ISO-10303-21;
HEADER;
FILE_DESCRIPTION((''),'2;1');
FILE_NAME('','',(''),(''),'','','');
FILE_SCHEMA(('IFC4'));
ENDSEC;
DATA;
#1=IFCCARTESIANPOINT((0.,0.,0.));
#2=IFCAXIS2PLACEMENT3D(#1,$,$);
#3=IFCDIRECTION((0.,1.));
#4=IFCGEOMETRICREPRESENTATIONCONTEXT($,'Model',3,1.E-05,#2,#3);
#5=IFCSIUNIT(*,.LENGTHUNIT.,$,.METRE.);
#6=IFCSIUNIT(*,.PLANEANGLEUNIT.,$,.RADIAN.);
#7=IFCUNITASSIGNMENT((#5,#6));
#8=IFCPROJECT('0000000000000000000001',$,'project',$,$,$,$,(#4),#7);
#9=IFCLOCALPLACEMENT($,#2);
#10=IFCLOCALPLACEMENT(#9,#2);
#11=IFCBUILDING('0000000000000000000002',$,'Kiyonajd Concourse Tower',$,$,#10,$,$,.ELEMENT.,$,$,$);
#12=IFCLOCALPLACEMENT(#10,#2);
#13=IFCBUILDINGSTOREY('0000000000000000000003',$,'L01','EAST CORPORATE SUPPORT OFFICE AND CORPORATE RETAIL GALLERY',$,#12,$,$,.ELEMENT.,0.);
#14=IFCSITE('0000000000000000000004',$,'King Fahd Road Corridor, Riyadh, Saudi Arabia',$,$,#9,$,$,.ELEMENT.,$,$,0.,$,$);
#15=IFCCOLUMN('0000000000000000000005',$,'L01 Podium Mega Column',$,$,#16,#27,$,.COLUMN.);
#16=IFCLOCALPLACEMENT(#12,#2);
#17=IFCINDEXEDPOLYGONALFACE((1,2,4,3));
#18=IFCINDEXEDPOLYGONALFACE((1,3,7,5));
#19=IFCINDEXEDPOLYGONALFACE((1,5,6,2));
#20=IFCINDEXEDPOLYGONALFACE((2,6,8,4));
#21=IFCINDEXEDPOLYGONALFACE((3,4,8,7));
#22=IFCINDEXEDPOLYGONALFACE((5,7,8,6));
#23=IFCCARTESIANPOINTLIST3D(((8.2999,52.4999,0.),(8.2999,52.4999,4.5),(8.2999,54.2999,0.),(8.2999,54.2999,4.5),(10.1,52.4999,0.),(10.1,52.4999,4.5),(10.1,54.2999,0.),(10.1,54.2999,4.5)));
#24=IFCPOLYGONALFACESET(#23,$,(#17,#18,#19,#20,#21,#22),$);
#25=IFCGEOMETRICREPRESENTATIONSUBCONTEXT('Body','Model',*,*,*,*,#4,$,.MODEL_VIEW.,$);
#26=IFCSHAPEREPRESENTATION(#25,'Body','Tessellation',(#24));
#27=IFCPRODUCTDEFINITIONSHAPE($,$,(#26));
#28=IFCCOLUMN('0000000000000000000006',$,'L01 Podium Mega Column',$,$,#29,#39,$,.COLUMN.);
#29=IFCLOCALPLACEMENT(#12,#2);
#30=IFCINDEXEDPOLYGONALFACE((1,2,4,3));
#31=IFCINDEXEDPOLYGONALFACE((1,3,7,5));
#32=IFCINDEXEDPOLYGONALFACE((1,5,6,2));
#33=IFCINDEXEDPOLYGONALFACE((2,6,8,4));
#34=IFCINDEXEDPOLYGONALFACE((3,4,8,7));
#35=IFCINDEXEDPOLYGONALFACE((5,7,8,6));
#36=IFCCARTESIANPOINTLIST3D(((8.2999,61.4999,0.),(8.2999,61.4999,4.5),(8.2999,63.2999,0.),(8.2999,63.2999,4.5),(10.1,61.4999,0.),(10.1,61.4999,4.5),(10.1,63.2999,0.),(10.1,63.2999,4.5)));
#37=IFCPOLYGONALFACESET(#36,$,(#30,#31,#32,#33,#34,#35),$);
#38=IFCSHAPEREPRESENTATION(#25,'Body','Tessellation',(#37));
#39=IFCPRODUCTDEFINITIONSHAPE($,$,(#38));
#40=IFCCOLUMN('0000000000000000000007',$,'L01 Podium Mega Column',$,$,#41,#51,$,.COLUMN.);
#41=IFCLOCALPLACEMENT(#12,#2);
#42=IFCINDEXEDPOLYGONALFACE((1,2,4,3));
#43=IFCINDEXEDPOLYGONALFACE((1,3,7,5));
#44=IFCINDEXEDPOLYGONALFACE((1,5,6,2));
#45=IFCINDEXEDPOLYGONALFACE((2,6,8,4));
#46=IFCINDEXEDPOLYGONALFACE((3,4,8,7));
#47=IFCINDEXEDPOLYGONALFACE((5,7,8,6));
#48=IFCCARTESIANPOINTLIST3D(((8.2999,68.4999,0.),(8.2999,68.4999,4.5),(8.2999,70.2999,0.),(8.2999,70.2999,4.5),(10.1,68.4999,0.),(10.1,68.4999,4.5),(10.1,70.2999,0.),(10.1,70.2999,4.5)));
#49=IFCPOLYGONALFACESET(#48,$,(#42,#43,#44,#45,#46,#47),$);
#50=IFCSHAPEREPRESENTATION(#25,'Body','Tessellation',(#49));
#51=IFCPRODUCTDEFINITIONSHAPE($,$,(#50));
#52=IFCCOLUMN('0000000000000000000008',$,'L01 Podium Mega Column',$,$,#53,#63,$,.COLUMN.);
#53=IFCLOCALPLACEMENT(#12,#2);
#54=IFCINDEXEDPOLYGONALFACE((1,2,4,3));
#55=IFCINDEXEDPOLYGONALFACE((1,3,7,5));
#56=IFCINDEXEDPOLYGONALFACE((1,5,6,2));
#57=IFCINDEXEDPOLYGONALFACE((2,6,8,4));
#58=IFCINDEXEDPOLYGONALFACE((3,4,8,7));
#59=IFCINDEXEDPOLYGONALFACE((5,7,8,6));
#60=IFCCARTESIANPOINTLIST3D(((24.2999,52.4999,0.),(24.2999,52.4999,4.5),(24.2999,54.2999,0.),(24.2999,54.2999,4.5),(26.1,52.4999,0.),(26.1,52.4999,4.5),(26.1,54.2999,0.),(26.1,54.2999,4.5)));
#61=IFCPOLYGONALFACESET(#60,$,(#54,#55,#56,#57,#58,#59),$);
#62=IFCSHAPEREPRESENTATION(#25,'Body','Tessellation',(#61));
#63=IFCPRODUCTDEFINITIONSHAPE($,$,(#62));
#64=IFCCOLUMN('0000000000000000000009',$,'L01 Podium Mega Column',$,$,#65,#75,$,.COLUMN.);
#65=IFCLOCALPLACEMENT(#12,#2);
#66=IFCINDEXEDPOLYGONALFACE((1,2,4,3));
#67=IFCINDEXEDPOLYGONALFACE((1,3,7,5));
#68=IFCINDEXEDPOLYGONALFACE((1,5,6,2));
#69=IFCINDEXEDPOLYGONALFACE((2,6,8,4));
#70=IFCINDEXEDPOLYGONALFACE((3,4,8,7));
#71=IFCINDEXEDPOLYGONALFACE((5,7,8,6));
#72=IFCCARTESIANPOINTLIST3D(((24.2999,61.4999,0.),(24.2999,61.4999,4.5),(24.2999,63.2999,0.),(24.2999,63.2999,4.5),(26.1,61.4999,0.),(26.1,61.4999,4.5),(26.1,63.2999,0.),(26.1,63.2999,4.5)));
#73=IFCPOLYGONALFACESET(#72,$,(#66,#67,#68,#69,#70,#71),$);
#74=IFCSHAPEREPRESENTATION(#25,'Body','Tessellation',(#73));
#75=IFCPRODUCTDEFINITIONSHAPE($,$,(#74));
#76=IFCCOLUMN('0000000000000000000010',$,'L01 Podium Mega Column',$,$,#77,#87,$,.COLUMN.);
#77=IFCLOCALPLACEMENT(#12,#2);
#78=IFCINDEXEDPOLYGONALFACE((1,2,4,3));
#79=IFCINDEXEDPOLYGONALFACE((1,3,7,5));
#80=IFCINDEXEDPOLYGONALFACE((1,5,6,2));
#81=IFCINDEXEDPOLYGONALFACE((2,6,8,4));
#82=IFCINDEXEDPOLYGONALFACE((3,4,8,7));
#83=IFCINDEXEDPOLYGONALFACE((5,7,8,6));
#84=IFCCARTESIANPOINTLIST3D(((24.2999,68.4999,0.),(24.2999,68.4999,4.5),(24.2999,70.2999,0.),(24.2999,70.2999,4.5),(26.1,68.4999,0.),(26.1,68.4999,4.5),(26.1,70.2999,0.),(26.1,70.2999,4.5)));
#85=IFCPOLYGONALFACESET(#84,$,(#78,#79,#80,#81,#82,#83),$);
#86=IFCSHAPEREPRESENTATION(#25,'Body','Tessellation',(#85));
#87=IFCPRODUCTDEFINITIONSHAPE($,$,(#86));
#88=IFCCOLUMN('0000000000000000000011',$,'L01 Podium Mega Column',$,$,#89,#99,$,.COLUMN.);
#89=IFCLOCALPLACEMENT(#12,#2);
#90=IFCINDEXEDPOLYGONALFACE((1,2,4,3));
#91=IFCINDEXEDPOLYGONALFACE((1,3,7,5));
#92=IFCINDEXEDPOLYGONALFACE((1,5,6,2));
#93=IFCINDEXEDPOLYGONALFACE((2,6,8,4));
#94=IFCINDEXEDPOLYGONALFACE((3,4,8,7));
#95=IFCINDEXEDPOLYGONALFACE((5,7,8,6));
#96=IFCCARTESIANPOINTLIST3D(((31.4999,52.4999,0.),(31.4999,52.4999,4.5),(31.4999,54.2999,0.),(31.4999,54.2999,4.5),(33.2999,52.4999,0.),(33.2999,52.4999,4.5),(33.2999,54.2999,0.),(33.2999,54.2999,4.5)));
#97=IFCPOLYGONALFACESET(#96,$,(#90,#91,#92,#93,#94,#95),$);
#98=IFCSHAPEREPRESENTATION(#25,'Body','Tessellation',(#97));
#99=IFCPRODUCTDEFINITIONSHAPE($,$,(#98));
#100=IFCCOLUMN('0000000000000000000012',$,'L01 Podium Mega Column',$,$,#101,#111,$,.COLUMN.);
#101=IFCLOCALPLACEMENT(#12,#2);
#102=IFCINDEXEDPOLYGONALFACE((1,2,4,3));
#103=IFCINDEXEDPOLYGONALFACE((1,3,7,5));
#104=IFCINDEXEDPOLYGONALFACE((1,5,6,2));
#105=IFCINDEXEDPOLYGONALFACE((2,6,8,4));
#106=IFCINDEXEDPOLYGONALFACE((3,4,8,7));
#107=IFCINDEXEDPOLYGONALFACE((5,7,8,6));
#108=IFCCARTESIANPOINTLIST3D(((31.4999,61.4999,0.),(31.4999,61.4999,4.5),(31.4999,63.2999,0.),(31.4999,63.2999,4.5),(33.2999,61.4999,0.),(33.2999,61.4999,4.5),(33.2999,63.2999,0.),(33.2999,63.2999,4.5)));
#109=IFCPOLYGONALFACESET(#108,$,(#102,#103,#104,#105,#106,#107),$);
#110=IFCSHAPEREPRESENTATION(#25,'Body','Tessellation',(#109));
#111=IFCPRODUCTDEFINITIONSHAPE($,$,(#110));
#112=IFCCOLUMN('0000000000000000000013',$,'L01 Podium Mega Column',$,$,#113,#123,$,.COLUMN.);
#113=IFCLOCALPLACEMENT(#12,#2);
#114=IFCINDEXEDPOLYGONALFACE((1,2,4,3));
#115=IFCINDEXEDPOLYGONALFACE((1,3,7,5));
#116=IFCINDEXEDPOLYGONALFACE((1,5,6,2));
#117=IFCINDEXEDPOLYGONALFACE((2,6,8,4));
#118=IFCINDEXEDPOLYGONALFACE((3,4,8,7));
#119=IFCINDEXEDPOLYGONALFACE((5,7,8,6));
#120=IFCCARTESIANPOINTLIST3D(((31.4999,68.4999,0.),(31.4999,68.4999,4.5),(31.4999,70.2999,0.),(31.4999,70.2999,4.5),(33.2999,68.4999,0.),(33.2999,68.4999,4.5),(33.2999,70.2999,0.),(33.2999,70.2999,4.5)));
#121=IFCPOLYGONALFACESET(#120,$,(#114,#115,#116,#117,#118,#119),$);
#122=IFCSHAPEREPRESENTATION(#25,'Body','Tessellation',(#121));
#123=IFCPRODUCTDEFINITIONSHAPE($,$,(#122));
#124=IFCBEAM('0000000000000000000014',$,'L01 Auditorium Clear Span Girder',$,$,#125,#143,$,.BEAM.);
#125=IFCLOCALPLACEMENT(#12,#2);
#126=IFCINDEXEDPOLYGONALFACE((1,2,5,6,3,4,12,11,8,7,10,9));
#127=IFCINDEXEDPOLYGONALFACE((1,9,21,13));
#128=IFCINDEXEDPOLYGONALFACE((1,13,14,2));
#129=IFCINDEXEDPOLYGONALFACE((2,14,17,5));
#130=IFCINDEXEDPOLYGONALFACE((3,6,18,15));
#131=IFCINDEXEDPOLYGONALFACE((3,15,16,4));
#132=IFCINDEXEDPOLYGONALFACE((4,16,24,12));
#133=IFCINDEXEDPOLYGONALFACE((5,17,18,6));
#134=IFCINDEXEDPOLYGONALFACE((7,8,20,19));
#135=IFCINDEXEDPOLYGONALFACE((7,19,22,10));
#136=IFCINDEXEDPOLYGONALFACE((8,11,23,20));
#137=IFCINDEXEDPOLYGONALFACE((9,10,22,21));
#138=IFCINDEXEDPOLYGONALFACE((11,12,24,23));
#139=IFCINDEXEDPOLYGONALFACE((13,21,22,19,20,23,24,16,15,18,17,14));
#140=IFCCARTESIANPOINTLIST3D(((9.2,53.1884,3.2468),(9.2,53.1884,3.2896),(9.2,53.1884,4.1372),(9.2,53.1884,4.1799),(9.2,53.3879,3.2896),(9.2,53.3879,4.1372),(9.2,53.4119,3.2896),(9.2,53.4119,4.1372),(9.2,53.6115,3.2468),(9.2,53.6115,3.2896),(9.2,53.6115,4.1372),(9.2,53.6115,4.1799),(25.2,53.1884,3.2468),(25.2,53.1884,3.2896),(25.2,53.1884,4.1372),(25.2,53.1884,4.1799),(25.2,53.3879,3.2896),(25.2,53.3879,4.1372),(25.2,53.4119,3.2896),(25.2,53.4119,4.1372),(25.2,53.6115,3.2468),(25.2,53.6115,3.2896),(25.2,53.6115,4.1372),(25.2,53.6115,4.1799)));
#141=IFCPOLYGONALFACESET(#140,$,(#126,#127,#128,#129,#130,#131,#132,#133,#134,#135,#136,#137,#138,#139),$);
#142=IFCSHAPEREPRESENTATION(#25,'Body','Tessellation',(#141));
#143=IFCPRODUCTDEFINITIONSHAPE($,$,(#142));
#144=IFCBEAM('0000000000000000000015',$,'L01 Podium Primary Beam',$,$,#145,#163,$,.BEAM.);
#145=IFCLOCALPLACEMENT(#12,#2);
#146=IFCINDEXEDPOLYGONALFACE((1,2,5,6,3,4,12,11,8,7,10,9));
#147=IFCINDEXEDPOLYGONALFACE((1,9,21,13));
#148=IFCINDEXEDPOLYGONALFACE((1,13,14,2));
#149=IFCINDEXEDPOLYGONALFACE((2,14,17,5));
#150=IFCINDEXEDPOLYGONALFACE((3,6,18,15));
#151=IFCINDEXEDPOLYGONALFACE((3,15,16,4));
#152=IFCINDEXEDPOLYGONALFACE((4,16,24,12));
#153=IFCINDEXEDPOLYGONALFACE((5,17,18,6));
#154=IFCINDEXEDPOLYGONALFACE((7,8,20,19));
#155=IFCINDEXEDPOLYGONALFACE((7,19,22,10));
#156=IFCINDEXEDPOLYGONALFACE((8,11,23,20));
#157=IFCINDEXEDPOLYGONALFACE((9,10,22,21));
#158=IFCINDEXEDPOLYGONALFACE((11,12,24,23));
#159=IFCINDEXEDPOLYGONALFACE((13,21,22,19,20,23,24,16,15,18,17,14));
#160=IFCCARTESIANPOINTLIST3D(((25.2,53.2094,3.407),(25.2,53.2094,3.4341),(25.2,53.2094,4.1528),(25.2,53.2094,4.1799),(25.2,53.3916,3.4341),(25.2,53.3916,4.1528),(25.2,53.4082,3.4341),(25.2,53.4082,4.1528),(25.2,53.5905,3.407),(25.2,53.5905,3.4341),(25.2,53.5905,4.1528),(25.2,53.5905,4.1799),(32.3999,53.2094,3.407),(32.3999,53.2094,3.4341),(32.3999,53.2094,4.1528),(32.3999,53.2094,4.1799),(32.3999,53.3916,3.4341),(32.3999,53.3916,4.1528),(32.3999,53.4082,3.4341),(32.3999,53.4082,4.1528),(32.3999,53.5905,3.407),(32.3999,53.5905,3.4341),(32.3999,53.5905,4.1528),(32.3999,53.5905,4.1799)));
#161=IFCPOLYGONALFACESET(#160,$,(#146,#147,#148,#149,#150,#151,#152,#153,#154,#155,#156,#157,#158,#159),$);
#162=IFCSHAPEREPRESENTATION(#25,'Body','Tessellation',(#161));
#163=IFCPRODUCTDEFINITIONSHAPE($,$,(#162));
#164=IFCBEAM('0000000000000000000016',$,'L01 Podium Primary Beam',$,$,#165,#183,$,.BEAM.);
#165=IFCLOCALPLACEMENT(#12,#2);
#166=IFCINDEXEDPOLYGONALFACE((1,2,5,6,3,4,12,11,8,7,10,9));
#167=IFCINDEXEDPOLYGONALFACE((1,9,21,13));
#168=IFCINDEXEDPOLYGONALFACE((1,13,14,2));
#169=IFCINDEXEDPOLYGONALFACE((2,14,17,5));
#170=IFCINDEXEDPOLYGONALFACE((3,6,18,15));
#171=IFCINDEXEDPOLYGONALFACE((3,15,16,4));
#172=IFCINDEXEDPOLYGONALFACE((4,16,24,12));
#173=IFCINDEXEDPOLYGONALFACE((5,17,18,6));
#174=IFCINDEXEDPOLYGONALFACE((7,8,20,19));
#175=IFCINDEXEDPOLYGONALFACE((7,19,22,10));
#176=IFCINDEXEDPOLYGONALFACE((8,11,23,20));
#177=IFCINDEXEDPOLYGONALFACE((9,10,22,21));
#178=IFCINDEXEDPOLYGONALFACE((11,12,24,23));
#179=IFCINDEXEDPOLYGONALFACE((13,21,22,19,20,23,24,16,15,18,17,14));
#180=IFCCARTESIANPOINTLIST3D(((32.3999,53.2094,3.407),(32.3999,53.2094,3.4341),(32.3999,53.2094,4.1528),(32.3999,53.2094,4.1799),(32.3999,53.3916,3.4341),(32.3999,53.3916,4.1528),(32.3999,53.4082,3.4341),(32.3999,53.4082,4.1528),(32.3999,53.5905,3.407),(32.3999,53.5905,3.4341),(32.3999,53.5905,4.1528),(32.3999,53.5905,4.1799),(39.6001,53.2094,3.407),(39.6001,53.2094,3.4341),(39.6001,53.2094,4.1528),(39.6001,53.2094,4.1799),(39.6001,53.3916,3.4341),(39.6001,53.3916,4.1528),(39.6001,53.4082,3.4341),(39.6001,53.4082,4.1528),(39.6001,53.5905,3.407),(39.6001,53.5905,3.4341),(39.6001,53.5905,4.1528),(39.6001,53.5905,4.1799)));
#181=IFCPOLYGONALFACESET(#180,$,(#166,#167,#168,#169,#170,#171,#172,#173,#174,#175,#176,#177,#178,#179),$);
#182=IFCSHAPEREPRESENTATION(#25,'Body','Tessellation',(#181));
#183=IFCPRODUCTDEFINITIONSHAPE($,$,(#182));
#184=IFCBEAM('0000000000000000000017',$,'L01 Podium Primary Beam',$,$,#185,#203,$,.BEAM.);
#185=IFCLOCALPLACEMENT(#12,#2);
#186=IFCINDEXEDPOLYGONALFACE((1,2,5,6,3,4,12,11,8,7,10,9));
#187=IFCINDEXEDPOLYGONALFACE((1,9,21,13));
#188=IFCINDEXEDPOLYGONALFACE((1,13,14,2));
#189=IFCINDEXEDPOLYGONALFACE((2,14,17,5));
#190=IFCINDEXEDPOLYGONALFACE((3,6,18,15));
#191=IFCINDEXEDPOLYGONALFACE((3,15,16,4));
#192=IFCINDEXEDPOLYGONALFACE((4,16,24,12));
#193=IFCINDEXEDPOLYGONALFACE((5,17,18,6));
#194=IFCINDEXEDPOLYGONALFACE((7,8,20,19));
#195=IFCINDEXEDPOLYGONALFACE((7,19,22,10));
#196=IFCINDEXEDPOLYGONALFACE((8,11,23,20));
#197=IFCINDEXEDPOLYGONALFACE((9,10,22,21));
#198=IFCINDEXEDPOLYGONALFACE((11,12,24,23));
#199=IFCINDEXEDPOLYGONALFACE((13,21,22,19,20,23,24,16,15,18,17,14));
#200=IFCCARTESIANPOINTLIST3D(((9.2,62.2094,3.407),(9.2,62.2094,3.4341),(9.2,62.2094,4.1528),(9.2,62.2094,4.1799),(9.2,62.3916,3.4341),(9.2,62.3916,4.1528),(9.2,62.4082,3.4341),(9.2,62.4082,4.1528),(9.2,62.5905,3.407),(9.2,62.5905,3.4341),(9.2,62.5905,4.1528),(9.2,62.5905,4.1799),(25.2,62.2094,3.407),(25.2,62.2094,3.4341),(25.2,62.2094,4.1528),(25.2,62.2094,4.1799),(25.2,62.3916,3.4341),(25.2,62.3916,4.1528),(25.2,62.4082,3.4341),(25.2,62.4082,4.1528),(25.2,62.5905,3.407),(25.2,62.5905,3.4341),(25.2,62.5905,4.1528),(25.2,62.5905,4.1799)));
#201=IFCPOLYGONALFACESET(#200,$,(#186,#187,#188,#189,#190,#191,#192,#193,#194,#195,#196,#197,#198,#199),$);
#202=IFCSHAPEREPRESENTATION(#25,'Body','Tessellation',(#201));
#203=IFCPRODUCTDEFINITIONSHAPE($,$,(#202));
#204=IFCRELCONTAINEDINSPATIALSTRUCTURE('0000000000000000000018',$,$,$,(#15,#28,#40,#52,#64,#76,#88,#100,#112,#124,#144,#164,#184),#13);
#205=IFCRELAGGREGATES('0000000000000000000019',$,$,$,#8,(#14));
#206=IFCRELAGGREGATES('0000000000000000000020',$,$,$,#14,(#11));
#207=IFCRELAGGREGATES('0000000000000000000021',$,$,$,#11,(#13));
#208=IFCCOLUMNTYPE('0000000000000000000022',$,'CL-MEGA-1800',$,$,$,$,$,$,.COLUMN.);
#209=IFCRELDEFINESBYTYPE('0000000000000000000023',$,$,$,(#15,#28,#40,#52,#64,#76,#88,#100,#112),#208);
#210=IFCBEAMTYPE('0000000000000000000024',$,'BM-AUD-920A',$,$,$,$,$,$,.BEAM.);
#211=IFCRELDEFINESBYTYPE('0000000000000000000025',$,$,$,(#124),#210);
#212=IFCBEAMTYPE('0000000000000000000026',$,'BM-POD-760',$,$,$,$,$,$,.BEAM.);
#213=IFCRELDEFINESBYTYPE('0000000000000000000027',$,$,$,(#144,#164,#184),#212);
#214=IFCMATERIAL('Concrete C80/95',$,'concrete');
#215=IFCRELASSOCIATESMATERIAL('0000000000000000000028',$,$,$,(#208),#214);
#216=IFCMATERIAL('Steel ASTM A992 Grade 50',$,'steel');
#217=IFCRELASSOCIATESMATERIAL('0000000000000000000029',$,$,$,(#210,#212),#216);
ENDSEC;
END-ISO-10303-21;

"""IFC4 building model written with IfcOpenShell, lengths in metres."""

from ifc_helpers import new_model, si_unit, direction, frame, origin, origin_2d, place, context, subcontext, project, spatial, rectangle, i_section, extrude, material, material_profile, profile_set, type_object, element, save


model = new_model("IFC4")

# Units and contexts
model_context = context("Model", 3, precision=1e-05, world=origin(), true_north=direction((0.0, 1.0)))
body_context = subcontext(model_context, "Body", "Model", "MODEL_VIEW")
ifc_project = project(units=[si_unit("LENGTHUNIT", "METRE"), si_unit("PLANEANGLEUNIT", "RADIAN")], contexts=[model_context])

# Site, building, storey
site_placement = place(None, origin())
site = spatial("IfcSite", under=ifc_project, at=site_placement, Name="King Fahd Road Corridor, Riyadh, Saudi Arabia", CompositionType="ELEMENT", RefElevation=0.0)
building_placement = place(site_placement, origin())
building = spatial("IfcBuilding", under=site, at=building_placement, Name="Kiyonajd Concourse Tower", CompositionType="ELEMENT")
storey_placement = place(building_placement, origin())
storey = spatial("IfcBuildingStorey", under=building, at=storey_placement, Name="L01", Description="EAST CORPORATE SUPPORT OFFICE AND CORPORATE RETAIL GALLERY", CompositionType="ELEMENT", Elevation=0.0)

# Columns
ifc_material_1 = material(Name="Concrete C80/95", Category="concrete")
ifc_material_profile_1 = material_profile(ifc_material_1, rectangle(XDim=1.8, YDim=1.8, at=origin_2d()), Name="RC-1800x1800")
ifc_profile_set_1 = profile_set([ifc_material_profile_1], Name="Concrete C80/95")
column_type = type_object("IfcColumnType", Name="CL-MEGA-1800", PredefinedType="COLUMN", material=ifc_profile_set_1)
for number, where, z_axis, x_axis, name in (
    (1, (9.2, 53.3999, 0.0), (0.0, 0.0, 1.0), (1.0, 0.0, 0.0), "L01 Podium Mega Column"),
    (2, (9.2, 62.3999, 0.0), (0.0, 0.0, 1.0), (1.0, 0.0, 0.0), "L01 Podium Mega Column"),
    (3, (9.2, 69.3999, 0.0), (0.0, 0.0, 1.0), (1.0, 0.0, 0.0), "L01 Podium Mega Column"),
    (4, (25.2, 53.3999, 0.0), (0.0, 0.0, 1.0), (1.0, 0.0, 0.0), "L01 Podium Mega Column"),
    (5, (25.2, 62.3999, 0.0), (0.0, 0.0, 1.0), (1.0, 0.0, 0.0), "L01 Podium Mega Column"),
    (6, (25.2, 69.3999, 0.0), (0.0, 0.0, 1.0), (1.0, 0.0, 0.0), "L01 Podium Mega Column"),
    (7, (32.3999, 53.3999, 0.0), (0.0, 0.0, 1.0), (1.0, 0.0, 0.0), "L01 Podium Mega Column"),
    (8, (32.3999, 62.3999, 0.0), (0.0, 0.0, 1.0), (1.0, 0.0, 0.0), "L01 Podium Mega Column"),
    (9, (32.3999, 69.3999, 0.0), (0.0, 0.0, 1.0), (1.0, 0.0, 0.0), "L01 Podium Mega Column"),
):
    element("IfcColumn", number, at=place(storey_placement, frame(where, z_axis=z_axis, x_axis=x_axis)), inside=storey, type_object=column_type, Name=name, PredefinedType="COLUMN", context=body_context, shape_type="SweptSolid", body=[
        extrude(rectangle(XDim=1.8, YDim=1.8, at=origin_2d()), origin(), (0.0, 0.0, 1.0), 4.5),
    ])

# Beams
ifc_material_2 = material(Name="Steel ASTM A992 Grade 50", Category="steel")
ifc_material_profile_2 = material_profile(ifc_material_2, i_section(OverallWidth=0.4231, OverallDepth=0.9331, WebThickness=0.0239, FlangeThickness=0.0427, at=origin_2d()), Name="W920X446")
ifc_profile_set_2 = profile_set([ifc_material_profile_2], Name="Steel ASTM A992 Grade 50")
beam_type_1 = type_object("IfcBeamType", Name="BM-AUD-920A", PredefinedType="BEAM", material=ifc_profile_set_2)
beam_1_placement = place(storey_placement, frame((9.2, 53.3999, 3.7134), z_axis=(1.0, 0.0, 0.0), x_axis=(0.0, 1.0, 0.0)))
element("IfcBeam", 10, at=beam_1_placement, inside=storey, type_object=beam_type_1, Name="L01 Auditorium Clear Span Girder", PredefinedType="BEAM", context=body_context, shape_type="SweptSolid", body=[
    extrude(i_section(OverallWidth=0.4231, OverallDepth=0.9331, WebThickness=0.0239, FlangeThickness=0.0427, at=origin_2d()), origin(), (0.0, 0.0, 1.0), 16.0),
])
ifc_material_profile_3 = material_profile(ifc_material_2, i_section(OverallWidth=0.3811, OverallDepth=0.7729, WebThickness=0.0166, FlangeThickness=0.0271, at=origin_2d()), Name="W760X257")
ifc_profile_set_3 = profile_set([ifc_material_profile_3], Name="Steel ASTM A992 Grade 50")
beam_type_2 = type_object("IfcBeamType", Name="BM-POD-760", PredefinedType="BEAM", material=ifc_profile_set_3)
beam_2_placement = place(storey_placement, frame((25.2, 53.3999, 3.7935), z_axis=(1.0, 0.0, 0.0), x_axis=(0.0, 1.0, 0.0)))
element("IfcBeam", 11, at=beam_2_placement, inside=storey, type_object=beam_type_2, Name="L01 Podium Primary Beam", PredefinedType="BEAM", context=body_context, shape_type="SweptSolid", body=[
    extrude(i_section(OverallWidth=0.3811, OverallDepth=0.7729, WebThickness=0.0166, FlangeThickness=0.0271, at=origin_2d()), origin(), (0.0, 0.0, 1.0), 7.2),
])
beam_3_placement = place(storey_placement, frame((32.3999, 53.3999, 3.7935), z_axis=(1.0, 0.0, 0.0), x_axis=(0.0, 1.0, 0.0)))
element("IfcBeam", 12, at=beam_3_placement, inside=storey, type_object=beam_type_2, Name="L01 Podium Primary Beam", PredefinedType="BEAM", context=body_context, shape_type="SweptSolid", body=[
    extrude(i_section(OverallWidth=0.3811, OverallDepth=0.7729, WebThickness=0.0166, FlangeThickness=0.0271, at=origin_2d()), origin(), (0.0, 0.0, 1.0), 7.2002),
])
beam_4_placement = place(storey_placement, frame((9.2, 62.3999, 3.7935), z_axis=(1.0, 0.0, 0.0), x_axis=(0.0, 1.0, 0.0)))
element("IfcBeam", 13, at=beam_4_placement, inside=storey, type_object=beam_type_2, Name="L01 Podium Primary Beam", PredefinedType="BEAM", context=body_context, shape_type="SweptSolid", body=[
    extrude(i_section(OverallWidth=0.3811, OverallDepth=0.7729, WebThickness=0.0166, FlangeThickness=0.0271, at=origin_2d()), origin(), (0.0, 0.0, 1.0), 16.0),
])

save(model, "model.ifc")
